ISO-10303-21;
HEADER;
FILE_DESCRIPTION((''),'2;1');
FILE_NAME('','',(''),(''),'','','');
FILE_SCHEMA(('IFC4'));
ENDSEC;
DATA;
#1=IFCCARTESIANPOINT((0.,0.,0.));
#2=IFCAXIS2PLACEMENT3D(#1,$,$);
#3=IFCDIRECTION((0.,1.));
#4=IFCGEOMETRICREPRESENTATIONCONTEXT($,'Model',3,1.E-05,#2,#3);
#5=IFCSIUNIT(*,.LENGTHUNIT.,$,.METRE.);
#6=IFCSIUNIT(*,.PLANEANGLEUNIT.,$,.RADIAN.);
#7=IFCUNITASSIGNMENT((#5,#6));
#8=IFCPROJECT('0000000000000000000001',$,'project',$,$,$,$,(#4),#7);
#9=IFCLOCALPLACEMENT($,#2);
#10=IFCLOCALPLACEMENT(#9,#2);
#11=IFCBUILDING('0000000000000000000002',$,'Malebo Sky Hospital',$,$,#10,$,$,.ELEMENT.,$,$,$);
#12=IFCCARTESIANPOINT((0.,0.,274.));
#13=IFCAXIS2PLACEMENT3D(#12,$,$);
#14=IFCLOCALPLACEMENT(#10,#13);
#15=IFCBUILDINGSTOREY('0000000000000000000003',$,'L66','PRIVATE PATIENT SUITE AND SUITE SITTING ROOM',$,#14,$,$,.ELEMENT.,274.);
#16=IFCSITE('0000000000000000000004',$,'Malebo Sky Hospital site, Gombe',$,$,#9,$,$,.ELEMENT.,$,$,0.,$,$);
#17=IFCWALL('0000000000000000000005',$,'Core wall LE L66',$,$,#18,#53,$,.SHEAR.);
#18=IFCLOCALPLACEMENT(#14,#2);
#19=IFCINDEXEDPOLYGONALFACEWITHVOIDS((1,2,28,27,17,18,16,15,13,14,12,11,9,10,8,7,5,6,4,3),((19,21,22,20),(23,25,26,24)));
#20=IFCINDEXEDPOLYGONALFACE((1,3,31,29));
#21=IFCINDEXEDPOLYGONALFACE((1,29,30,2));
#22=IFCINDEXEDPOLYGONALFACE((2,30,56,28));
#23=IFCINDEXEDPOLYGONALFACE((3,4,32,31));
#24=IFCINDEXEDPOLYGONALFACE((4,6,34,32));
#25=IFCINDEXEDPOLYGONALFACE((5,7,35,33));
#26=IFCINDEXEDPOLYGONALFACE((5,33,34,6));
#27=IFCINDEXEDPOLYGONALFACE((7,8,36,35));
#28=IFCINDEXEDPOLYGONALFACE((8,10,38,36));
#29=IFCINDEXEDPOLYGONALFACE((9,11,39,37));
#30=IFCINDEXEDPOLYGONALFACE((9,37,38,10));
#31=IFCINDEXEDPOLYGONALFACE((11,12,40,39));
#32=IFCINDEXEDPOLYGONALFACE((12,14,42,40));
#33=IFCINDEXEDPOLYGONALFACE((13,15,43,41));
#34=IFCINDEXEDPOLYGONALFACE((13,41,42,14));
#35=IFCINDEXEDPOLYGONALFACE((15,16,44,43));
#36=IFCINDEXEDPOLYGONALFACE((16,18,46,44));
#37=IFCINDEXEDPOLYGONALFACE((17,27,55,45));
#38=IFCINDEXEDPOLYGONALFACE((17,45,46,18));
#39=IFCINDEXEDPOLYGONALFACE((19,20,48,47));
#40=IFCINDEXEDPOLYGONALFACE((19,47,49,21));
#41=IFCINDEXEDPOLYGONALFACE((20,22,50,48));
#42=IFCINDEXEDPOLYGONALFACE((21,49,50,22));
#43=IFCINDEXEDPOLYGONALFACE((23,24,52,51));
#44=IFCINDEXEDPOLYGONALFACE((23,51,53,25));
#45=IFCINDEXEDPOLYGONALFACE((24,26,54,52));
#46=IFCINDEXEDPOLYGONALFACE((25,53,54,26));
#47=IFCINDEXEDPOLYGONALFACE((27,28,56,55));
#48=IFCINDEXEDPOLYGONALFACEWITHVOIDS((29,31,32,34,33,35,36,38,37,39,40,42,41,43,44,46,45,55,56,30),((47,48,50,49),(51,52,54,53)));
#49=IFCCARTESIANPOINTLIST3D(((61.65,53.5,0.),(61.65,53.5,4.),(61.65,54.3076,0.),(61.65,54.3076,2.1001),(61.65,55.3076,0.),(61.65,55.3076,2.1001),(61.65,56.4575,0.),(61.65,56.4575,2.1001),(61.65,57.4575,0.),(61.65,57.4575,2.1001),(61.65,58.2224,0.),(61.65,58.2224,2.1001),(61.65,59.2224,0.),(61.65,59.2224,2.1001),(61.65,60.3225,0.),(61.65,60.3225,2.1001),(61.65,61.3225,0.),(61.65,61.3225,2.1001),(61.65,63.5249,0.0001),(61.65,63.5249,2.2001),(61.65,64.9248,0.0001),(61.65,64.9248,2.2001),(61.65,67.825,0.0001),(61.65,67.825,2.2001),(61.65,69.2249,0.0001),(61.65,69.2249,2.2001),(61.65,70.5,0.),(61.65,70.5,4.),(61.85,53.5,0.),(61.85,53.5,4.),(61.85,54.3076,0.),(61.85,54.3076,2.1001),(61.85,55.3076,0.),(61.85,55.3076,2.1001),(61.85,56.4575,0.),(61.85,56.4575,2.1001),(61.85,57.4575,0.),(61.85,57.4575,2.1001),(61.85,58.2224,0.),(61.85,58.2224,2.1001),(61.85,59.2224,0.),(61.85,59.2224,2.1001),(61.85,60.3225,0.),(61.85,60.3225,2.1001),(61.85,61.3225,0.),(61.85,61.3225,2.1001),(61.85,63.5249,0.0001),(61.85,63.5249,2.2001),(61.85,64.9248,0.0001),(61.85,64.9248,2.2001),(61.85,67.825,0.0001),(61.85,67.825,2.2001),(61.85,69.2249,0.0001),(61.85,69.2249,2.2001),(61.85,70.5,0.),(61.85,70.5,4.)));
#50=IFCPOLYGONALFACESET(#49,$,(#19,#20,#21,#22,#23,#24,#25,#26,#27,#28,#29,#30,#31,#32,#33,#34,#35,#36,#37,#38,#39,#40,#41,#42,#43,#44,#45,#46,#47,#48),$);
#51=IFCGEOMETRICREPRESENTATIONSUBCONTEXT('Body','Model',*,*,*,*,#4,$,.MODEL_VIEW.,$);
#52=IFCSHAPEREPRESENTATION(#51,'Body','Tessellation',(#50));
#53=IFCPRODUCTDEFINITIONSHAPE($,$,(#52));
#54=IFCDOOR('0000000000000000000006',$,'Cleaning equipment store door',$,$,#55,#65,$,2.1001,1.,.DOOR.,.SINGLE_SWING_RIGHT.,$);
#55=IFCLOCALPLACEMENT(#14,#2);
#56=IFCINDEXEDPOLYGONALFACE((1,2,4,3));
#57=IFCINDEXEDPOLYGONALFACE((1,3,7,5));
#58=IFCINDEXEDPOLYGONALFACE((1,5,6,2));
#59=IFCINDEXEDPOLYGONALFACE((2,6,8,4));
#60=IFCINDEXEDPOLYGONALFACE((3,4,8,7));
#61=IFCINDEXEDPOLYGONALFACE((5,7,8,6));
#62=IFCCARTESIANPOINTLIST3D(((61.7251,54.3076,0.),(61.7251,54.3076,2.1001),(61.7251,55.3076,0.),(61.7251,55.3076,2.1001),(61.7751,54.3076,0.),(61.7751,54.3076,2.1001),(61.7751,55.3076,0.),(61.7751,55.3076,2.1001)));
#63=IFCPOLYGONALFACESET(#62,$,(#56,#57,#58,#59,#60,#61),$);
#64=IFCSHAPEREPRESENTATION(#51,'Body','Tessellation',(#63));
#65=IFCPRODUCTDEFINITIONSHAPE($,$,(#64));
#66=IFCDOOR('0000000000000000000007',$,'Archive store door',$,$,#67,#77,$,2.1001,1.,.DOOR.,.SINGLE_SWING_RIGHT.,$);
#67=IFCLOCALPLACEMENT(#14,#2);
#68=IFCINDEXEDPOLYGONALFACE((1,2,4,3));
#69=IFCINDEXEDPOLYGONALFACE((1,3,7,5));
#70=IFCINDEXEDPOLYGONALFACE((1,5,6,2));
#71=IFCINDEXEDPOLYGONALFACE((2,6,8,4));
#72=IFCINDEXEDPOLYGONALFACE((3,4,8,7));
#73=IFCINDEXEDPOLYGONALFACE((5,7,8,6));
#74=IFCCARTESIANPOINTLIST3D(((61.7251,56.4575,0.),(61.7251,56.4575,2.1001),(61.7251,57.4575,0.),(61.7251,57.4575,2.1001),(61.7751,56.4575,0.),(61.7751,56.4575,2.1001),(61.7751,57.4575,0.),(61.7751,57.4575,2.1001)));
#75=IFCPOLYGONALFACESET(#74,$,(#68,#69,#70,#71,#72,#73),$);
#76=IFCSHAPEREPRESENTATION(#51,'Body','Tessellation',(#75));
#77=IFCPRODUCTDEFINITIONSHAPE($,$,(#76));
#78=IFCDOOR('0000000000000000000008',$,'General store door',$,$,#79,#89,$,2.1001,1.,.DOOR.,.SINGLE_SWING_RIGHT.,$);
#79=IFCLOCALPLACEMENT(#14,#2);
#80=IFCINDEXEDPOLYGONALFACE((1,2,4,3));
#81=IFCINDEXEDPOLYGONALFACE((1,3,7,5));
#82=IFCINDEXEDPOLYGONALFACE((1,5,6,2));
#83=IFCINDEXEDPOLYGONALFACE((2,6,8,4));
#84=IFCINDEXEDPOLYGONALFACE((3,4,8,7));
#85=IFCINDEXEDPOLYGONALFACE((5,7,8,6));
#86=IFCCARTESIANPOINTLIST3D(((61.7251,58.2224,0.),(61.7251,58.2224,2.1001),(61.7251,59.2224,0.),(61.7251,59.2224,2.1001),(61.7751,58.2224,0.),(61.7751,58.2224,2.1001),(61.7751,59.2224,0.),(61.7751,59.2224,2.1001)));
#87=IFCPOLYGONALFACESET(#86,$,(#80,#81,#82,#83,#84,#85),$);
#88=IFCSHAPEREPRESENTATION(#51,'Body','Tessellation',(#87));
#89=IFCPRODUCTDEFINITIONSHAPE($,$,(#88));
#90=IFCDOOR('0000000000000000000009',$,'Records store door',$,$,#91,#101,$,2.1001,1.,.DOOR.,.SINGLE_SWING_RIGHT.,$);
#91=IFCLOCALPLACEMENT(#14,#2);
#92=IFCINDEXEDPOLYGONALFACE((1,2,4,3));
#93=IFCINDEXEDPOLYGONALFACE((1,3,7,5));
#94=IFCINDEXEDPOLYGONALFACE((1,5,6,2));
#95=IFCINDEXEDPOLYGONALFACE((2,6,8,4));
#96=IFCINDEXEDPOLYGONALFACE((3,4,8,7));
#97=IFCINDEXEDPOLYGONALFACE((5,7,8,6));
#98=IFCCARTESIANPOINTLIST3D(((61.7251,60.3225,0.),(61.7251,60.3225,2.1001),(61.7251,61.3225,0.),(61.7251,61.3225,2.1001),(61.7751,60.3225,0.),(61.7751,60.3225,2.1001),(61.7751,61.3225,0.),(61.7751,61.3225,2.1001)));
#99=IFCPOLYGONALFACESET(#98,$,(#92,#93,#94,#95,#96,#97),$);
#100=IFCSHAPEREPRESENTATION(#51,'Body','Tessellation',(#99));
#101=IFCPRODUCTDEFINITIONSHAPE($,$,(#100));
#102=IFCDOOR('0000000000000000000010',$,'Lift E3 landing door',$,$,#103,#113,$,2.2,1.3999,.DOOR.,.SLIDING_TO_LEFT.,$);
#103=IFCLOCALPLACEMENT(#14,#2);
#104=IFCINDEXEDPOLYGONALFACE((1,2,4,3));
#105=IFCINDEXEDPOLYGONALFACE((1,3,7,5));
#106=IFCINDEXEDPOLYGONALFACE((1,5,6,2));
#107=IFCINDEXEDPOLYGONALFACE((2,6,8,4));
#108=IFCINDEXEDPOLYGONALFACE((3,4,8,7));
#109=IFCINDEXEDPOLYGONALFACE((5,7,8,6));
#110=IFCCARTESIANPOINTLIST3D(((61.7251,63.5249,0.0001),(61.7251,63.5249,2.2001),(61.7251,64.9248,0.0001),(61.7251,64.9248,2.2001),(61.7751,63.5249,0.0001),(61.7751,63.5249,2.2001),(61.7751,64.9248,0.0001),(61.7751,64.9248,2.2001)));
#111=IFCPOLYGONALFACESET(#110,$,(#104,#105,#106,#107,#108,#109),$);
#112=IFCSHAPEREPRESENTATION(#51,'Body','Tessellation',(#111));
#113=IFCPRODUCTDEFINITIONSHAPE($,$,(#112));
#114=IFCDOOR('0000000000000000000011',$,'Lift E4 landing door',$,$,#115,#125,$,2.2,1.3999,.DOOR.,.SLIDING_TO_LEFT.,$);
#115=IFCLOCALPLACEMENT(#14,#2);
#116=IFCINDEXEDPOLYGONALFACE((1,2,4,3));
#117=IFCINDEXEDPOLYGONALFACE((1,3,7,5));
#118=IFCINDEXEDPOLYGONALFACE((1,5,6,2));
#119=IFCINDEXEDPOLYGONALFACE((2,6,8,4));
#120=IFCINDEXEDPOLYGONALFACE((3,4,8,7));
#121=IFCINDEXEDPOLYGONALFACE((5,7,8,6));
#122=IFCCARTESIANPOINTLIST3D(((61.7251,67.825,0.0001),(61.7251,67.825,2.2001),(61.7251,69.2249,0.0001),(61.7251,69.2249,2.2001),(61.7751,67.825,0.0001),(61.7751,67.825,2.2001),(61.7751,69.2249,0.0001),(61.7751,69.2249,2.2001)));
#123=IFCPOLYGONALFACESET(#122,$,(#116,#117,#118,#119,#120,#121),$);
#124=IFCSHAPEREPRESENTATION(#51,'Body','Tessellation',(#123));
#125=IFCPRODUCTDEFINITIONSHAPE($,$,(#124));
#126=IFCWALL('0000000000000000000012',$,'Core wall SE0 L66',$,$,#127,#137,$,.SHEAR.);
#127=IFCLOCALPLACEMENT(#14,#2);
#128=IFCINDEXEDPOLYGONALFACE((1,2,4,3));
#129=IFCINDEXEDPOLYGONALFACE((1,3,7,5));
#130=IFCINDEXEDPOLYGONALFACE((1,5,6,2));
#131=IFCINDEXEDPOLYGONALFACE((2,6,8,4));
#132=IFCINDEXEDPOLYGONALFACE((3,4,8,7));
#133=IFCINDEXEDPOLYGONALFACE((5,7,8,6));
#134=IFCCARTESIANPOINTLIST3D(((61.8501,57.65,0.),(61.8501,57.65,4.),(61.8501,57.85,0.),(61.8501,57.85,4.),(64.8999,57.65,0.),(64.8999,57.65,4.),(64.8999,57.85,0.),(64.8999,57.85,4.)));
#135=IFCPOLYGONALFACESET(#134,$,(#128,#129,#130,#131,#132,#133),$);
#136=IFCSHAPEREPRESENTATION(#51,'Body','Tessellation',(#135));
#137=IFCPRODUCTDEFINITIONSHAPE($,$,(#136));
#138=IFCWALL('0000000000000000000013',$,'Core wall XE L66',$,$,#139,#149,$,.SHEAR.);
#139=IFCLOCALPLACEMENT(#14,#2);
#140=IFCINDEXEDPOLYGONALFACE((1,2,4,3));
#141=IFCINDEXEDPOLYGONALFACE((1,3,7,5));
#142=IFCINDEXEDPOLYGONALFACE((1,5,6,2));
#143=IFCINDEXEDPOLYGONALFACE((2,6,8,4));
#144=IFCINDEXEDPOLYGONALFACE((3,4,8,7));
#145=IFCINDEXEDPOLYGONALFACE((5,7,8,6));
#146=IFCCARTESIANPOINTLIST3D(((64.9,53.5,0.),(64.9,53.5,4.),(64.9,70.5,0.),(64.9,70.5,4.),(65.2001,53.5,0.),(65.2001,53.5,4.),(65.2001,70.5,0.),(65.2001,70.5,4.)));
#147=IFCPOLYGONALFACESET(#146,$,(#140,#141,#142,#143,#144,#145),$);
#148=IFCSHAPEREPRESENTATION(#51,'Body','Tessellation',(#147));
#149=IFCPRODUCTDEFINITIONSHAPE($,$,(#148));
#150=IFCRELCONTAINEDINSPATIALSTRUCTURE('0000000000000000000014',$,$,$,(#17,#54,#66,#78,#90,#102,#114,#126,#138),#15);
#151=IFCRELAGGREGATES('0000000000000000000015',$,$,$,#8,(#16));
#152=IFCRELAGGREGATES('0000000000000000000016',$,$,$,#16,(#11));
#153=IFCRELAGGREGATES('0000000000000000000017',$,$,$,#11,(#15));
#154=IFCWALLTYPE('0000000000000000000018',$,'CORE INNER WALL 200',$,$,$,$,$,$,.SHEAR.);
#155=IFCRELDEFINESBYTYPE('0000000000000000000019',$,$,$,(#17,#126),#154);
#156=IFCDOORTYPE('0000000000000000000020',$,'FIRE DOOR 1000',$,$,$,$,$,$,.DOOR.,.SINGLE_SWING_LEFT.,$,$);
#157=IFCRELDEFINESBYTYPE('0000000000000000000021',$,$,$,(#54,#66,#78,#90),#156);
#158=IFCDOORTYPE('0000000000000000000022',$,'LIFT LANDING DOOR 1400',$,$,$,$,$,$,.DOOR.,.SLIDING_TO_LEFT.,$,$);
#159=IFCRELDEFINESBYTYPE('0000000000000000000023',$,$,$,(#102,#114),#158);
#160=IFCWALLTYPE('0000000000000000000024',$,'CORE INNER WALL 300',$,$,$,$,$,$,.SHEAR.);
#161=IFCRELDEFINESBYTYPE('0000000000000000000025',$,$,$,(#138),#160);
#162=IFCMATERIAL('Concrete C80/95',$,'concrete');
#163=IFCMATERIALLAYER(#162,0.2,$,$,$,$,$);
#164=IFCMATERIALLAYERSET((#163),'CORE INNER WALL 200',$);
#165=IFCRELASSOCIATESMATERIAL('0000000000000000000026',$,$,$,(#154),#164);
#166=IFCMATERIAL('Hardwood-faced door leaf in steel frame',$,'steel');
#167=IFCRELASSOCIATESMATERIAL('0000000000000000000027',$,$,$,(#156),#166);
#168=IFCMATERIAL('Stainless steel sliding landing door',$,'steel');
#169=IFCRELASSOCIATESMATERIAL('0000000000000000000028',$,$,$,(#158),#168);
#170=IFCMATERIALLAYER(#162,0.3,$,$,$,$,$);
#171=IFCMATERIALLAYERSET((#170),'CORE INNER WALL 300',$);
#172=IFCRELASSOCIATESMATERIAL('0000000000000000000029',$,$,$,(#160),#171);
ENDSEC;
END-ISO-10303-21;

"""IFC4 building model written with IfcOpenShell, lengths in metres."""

from ifc_helpers import new_model, si_unit, direction, frame, frame_2d, origin, place, context, subcontext, project, spatial, rectangle, extrude, material, layer, layer_set, type_object, element, fill, save


model = new_model("IFC4")

# Units and contexts
model_context = context("Model", 3, precision=1e-05, world=origin(), true_north=direction((0.0, 1.0)))
body_context = subcontext(model_context, "Body", "Model", "MODEL_VIEW")
ifc_project = project(units=[si_unit("LENGTHUNIT", "METRE"), si_unit("PLANEANGLEUNIT", "RADIAN")], contexts=[model_context])

# Site, building, storey
site_placement = place(None, origin())
site = spatial("IfcSite", under=ifc_project, at=site_placement, Name="Malebo Sky Hospital site, Gombe", CompositionType="ELEMENT", RefElevation=0.0)
building_placement = place(site_placement, origin())
building = spatial("IfcBuilding", under=site, at=building_placement, Name="Malebo Sky Hospital", CompositionType="ELEMENT")
storey_placement = place(building_placement, frame((0.0, 0.0, 274.0)))
storey = spatial("IfcBuildingStorey", under=building, at=storey_placement, Name="L66", Description="PRIVATE PATIENT SUITE AND SUITE SITTING ROOM", CompositionType="ELEMENT", Elevation=274.0)

# Wall, openings, doors
ifc_material_1 = material(Name="Concrete C80/95", Category="concrete")
ifc_layer_1 = layer(ifc_material_1, 0.2)
ifc_layer_set_1 = layer_set([ifc_layer_1], Name="CORE INNER WALL 200")
wall_type_1 = type_object("IfcWallType", Name="CORE INNER WALL 200", PredefinedType="SHEAR", material=ifc_layer_set_1)
ifc_material_2 = material(Name="Hardwood-faced door leaf in steel frame", Category="steel")
door_type_1 = type_object("IfcDoorType", Name="FIRE DOOR 1000", OperationType="SINGLE_SWING_LEFT", PredefinedType="DOOR", material=ifc_material_2)
ifc_material_3 = material(Name="Stainless steel sliding landing door", Category="steel")
door_type_2 = type_object("IfcDoorType", Name="LIFT LANDING DOOR 1400", OperationType="SLIDING_TO_LEFT", PredefinedType="DOOR", material=ifc_material_3)
wall_1_placement = place(storey_placement, frame((61.75, 53.5, 0.0), z_axis=(0.0, 0.0, 1.0), x_axis=(0.0, 1.0, 0.0)))
wall_1 = element("IfcWall", 1, at=wall_1_placement, inside=storey, type_object=wall_type_1, Name="Core wall LE L66", PredefinedType="SHEAR", context=body_context, shape_type="SweptSolid", body=[
    extrude(rectangle(XDim=17.0, YDim=0.2, at=frame_2d((8.5, 0.0))), origin(), (0.0, 0.0, 1.0), 4.0),
])
opening_1_placement = place(wall_1_placement, frame((0.8076, 0.0, 0.0)))
opening_1 = element("IfcOpeningElement", 2, at=opening_1_placement, cuts=wall_1, PredefinedType="OPENING", context=body_context, shape_type="SweptSolid", body=[
    extrude(rectangle(XDim=1.0, YDim=2.1001, at=frame_2d((0.5, 1.05))), frame((0.0, 0.1099, 0.0), z_axis=(0.0, -1.0, 0.0), x_axis=(1.0, 0.0, 0.0)), (0.0, 0.0, 1.0), 0.22),
])
opening_2_placement = place(wall_1_placement, frame((2.9575, 0.0, 0.0)))
opening_2 = element("IfcOpeningElement", 3, at=opening_2_placement, cuts=wall_1, PredefinedType="OPENING", context=body_context, shape_type="SweptSolid", body=[
    extrude(rectangle(XDim=1.0, YDim=2.1001, at=frame_2d((0.5, 1.05))), frame((0.0, 0.1099, 0.0), z_axis=(0.0, -1.0, 0.0), x_axis=(1.0, 0.0, 0.0)), (0.0, 0.0, 1.0), 0.22),
])
opening_3_placement = place(wall_1_placement, frame((4.7224, 0.0, 0.0)))
opening_3 = element("IfcOpeningElement", 4, at=opening_3_placement, cuts=wall_1, PredefinedType="OPENING", context=body_context, shape_type="SweptSolid", body=[
    extrude(rectangle(XDim=1.0, YDim=2.1001, at=frame_2d((0.5, 1.05))), frame((0.0, 0.1099, 0.0), z_axis=(0.0, -1.0, 0.0), x_axis=(1.0, 0.0, 0.0)), (0.0, 0.0, 1.0), 0.22),
])
opening_4_placement = place(wall_1_placement, frame((6.8225, 0.0, 0.0)))
opening_4 = element("IfcOpeningElement", 5, at=opening_4_placement, cuts=wall_1, PredefinedType="OPENING", context=body_context, shape_type="SweptSolid", body=[
    extrude(rectangle(XDim=1.0, YDim=2.1001, at=frame_2d((0.5, 1.05))), frame((0.0, 0.1099, 0.0), z_axis=(0.0, -1.0, 0.0), x_axis=(1.0, 0.0, 0.0)), (0.0, 0.0, 1.0), 0.22),
])
opening_5_placement = place(wall_1_placement, frame((10.0249, 0.0, 0.0)))
opening_5 = element("IfcOpeningElement", 6, at=opening_5_placement, cuts=wall_1, PredefinedType="OPENING", context=body_context, shape_type="SweptSolid", body=[
    extrude(rectangle(XDim=1.3999, YDim=2.2, at=frame_2d((0.7, 1.1001))), frame((0.0, 0.1099, 0.0), z_axis=(0.0, -1.0, 0.0), x_axis=(1.0, 0.0, 0.0)), (0.0, 0.0, 1.0), 0.22),
])
opening_6_placement = place(wall_1_placement, frame((14.325, 0.0, 0.0)))
opening_6 = element("IfcOpeningElement", 7, at=opening_6_placement, cuts=wall_1, PredefinedType="OPENING", context=body_context, shape_type="SweptSolid", body=[
    extrude(rectangle(XDim=1.3999, YDim=2.2, at=frame_2d((0.7, 1.1001))), frame((0.0, 0.1099, 0.0), z_axis=(0.0, -1.0, 0.0), x_axis=(1.0, 0.0, 0.0)), (0.0, 0.0, 1.0), 0.22),
])
door_1_placement = place(opening_1_placement, origin())
door_1 = element("IfcDoor", 8, at=door_1_placement, inside=storey, type_object=door_type_1, Name="Cleaning equipment store door", OperationType="SINGLE_SWING_RIGHT", OverallHeight=2.1001, OverallWidth=1.0, PredefinedType="DOOR", context=body_context, shape_type="SweptSolid", body=[
    extrude(rectangle(XDim=1.0, YDim=2.1001, at=frame_2d((0.5, 1.05))), frame((0.0, 0.0249, 0.0), z_axis=(0.0, -1.0, 0.0), x_axis=(1.0, 0.0, 0.0)), (0.0, 0.0, 1.0), 0.05),
])
fill(opening_1, door_1)
door_2_placement = place(opening_2_placement, origin())
door_2 = element("IfcDoor", 9, at=door_2_placement, inside=storey, type_object=door_type_1, Name="Archive store door", OperationType="SINGLE_SWING_RIGHT", OverallHeight=2.1001, OverallWidth=1.0, PredefinedType="DOOR", context=body_context, shape_type="SweptSolid", body=[
    extrude(rectangle(XDim=1.0, YDim=2.1001, at=frame_2d((0.5, 1.05))), frame((0.0, 0.0249, 0.0), z_axis=(0.0, -1.0, 0.0), x_axis=(1.0, 0.0, 0.0)), (0.0, 0.0, 1.0), 0.05),
])
fill(opening_2, door_2)
door_3_placement = place(opening_3_placement, origin())
door_3 = element("IfcDoor", 10, at=door_3_placement, inside=storey, type_object=door_type_1, Name="General store door", OperationType="SINGLE_SWING_RIGHT", OverallHeight=2.1001, OverallWidth=1.0, PredefinedType="DOOR", context=body_context, shape_type="SweptSolid", body=[
    extrude(rectangle(XDim=1.0, YDim=2.1001, at=frame_2d((0.5, 1.05))), frame((0.0, 0.0249, 0.0), z_axis=(0.0, -1.0, 0.0), x_axis=(1.0, 0.0, 0.0)), (0.0, 0.0, 1.0), 0.05),
])
fill(opening_3, door_3)
door_4_placement = place(opening_4_placement, origin())
door_4 = element("IfcDoor", 11, at=door_4_placement, inside=storey, type_object=door_type_1, Name="Records store door", OperationType="SINGLE_SWING_RIGHT", OverallHeight=2.1001, OverallWidth=1.0, PredefinedType="DOOR", context=body_context, shape_type="SweptSolid", body=[
    extrude(rectangle(XDim=1.0, YDim=2.1001, at=frame_2d((0.5, 1.05))), frame((0.0, 0.0249, 0.0), z_axis=(0.0, -1.0, 0.0), x_axis=(1.0, 0.0, 0.0)), (0.0, 0.0, 1.0), 0.05),
])
fill(opening_4, door_4)
door_5_placement = place(opening_5_placement, origin())
door_5 = element("IfcDoor", 12, at=door_5_placement, inside=storey, type_object=door_type_2, Name="Lift E3 landing door", OperationType="SLIDING_TO_LEFT", OverallHeight=2.2, OverallWidth=1.3999, PredefinedType="DOOR", context=body_context, shape_type="SweptSolid", body=[
    extrude(rectangle(XDim=1.3999, YDim=2.2, at=frame_2d((0.7, 1.1001))), frame((0.0, 0.0249, 0.0), z_axis=(0.0, -1.0, 0.0), x_axis=(1.0, 0.0, 0.0)), (0.0, 0.0, 1.0), 0.05),
])
fill(opening_5, door_5)
door_6_placement = place(opening_6_placement, origin())
door_6 = element("IfcDoor", 13, at=door_6_placement, inside=storey, type_object=door_type_2, Name="Lift E4 landing door", OperationType="SLIDING_TO_LEFT", OverallHeight=2.2, OverallWidth=1.3999, PredefinedType="DOOR", context=body_context, shape_type="SweptSolid", body=[
    extrude(rectangle(XDim=1.3999, YDim=2.2, at=frame_2d((0.7, 1.1001))), frame((0.0, 0.0249, 0.0), z_axis=(0.0, -1.0, 0.0), x_axis=(1.0, 0.0, 0.0)), (0.0, 0.0, 1.0), 0.05),
])
fill(opening_6, door_6)

# Walls
wall_2_placement = place(storey_placement, frame((61.8501, 57.75, 0.0), z_axis=(0.0, 0.0, 1.0), x_axis=(1.0, 0.0, 0.0)))
element("IfcWall", 14, at=wall_2_placement, inside=storey, type_object=wall_type_1, Name="Core wall SE0 L66", PredefinedType="SHEAR", context=body_context, shape_type="SweptSolid", body=[
    extrude(rectangle(XDim=3.0498, YDim=0.2, at=frame_2d((1.5249, 0.0))), origin(), (0.0, 0.0, 1.0), 4.0),
])
ifc_layer_2 = layer(ifc_material_1, 0.3)
ifc_layer_set_2 = layer_set([ifc_layer_2], Name="CORE INNER WALL 300")
wall_type_2 = type_object("IfcWallType", Name="CORE INNER WALL 300", PredefinedType="SHEAR", material=ifc_layer_set_2)
wall_3_placement = place(storey_placement, frame((65.05, 53.5, 0.0), z_axis=(0.0, 0.0, 1.0), x_axis=(0.0, 1.0, 0.0)))
element("IfcWall", 15, at=wall_3_placement, inside=storey, type_object=wall_type_2, Name="Core wall XE L66", PredefinedType="SHEAR", context=body_context, shape_type="SweptSolid", body=[
    extrude(rectangle(XDim=17.0, YDim=0.3, at=frame_2d((8.5, 0.0))), origin(), (0.0, 0.0, 1.0), 4.0),
])

save(model, "model.ifc")
